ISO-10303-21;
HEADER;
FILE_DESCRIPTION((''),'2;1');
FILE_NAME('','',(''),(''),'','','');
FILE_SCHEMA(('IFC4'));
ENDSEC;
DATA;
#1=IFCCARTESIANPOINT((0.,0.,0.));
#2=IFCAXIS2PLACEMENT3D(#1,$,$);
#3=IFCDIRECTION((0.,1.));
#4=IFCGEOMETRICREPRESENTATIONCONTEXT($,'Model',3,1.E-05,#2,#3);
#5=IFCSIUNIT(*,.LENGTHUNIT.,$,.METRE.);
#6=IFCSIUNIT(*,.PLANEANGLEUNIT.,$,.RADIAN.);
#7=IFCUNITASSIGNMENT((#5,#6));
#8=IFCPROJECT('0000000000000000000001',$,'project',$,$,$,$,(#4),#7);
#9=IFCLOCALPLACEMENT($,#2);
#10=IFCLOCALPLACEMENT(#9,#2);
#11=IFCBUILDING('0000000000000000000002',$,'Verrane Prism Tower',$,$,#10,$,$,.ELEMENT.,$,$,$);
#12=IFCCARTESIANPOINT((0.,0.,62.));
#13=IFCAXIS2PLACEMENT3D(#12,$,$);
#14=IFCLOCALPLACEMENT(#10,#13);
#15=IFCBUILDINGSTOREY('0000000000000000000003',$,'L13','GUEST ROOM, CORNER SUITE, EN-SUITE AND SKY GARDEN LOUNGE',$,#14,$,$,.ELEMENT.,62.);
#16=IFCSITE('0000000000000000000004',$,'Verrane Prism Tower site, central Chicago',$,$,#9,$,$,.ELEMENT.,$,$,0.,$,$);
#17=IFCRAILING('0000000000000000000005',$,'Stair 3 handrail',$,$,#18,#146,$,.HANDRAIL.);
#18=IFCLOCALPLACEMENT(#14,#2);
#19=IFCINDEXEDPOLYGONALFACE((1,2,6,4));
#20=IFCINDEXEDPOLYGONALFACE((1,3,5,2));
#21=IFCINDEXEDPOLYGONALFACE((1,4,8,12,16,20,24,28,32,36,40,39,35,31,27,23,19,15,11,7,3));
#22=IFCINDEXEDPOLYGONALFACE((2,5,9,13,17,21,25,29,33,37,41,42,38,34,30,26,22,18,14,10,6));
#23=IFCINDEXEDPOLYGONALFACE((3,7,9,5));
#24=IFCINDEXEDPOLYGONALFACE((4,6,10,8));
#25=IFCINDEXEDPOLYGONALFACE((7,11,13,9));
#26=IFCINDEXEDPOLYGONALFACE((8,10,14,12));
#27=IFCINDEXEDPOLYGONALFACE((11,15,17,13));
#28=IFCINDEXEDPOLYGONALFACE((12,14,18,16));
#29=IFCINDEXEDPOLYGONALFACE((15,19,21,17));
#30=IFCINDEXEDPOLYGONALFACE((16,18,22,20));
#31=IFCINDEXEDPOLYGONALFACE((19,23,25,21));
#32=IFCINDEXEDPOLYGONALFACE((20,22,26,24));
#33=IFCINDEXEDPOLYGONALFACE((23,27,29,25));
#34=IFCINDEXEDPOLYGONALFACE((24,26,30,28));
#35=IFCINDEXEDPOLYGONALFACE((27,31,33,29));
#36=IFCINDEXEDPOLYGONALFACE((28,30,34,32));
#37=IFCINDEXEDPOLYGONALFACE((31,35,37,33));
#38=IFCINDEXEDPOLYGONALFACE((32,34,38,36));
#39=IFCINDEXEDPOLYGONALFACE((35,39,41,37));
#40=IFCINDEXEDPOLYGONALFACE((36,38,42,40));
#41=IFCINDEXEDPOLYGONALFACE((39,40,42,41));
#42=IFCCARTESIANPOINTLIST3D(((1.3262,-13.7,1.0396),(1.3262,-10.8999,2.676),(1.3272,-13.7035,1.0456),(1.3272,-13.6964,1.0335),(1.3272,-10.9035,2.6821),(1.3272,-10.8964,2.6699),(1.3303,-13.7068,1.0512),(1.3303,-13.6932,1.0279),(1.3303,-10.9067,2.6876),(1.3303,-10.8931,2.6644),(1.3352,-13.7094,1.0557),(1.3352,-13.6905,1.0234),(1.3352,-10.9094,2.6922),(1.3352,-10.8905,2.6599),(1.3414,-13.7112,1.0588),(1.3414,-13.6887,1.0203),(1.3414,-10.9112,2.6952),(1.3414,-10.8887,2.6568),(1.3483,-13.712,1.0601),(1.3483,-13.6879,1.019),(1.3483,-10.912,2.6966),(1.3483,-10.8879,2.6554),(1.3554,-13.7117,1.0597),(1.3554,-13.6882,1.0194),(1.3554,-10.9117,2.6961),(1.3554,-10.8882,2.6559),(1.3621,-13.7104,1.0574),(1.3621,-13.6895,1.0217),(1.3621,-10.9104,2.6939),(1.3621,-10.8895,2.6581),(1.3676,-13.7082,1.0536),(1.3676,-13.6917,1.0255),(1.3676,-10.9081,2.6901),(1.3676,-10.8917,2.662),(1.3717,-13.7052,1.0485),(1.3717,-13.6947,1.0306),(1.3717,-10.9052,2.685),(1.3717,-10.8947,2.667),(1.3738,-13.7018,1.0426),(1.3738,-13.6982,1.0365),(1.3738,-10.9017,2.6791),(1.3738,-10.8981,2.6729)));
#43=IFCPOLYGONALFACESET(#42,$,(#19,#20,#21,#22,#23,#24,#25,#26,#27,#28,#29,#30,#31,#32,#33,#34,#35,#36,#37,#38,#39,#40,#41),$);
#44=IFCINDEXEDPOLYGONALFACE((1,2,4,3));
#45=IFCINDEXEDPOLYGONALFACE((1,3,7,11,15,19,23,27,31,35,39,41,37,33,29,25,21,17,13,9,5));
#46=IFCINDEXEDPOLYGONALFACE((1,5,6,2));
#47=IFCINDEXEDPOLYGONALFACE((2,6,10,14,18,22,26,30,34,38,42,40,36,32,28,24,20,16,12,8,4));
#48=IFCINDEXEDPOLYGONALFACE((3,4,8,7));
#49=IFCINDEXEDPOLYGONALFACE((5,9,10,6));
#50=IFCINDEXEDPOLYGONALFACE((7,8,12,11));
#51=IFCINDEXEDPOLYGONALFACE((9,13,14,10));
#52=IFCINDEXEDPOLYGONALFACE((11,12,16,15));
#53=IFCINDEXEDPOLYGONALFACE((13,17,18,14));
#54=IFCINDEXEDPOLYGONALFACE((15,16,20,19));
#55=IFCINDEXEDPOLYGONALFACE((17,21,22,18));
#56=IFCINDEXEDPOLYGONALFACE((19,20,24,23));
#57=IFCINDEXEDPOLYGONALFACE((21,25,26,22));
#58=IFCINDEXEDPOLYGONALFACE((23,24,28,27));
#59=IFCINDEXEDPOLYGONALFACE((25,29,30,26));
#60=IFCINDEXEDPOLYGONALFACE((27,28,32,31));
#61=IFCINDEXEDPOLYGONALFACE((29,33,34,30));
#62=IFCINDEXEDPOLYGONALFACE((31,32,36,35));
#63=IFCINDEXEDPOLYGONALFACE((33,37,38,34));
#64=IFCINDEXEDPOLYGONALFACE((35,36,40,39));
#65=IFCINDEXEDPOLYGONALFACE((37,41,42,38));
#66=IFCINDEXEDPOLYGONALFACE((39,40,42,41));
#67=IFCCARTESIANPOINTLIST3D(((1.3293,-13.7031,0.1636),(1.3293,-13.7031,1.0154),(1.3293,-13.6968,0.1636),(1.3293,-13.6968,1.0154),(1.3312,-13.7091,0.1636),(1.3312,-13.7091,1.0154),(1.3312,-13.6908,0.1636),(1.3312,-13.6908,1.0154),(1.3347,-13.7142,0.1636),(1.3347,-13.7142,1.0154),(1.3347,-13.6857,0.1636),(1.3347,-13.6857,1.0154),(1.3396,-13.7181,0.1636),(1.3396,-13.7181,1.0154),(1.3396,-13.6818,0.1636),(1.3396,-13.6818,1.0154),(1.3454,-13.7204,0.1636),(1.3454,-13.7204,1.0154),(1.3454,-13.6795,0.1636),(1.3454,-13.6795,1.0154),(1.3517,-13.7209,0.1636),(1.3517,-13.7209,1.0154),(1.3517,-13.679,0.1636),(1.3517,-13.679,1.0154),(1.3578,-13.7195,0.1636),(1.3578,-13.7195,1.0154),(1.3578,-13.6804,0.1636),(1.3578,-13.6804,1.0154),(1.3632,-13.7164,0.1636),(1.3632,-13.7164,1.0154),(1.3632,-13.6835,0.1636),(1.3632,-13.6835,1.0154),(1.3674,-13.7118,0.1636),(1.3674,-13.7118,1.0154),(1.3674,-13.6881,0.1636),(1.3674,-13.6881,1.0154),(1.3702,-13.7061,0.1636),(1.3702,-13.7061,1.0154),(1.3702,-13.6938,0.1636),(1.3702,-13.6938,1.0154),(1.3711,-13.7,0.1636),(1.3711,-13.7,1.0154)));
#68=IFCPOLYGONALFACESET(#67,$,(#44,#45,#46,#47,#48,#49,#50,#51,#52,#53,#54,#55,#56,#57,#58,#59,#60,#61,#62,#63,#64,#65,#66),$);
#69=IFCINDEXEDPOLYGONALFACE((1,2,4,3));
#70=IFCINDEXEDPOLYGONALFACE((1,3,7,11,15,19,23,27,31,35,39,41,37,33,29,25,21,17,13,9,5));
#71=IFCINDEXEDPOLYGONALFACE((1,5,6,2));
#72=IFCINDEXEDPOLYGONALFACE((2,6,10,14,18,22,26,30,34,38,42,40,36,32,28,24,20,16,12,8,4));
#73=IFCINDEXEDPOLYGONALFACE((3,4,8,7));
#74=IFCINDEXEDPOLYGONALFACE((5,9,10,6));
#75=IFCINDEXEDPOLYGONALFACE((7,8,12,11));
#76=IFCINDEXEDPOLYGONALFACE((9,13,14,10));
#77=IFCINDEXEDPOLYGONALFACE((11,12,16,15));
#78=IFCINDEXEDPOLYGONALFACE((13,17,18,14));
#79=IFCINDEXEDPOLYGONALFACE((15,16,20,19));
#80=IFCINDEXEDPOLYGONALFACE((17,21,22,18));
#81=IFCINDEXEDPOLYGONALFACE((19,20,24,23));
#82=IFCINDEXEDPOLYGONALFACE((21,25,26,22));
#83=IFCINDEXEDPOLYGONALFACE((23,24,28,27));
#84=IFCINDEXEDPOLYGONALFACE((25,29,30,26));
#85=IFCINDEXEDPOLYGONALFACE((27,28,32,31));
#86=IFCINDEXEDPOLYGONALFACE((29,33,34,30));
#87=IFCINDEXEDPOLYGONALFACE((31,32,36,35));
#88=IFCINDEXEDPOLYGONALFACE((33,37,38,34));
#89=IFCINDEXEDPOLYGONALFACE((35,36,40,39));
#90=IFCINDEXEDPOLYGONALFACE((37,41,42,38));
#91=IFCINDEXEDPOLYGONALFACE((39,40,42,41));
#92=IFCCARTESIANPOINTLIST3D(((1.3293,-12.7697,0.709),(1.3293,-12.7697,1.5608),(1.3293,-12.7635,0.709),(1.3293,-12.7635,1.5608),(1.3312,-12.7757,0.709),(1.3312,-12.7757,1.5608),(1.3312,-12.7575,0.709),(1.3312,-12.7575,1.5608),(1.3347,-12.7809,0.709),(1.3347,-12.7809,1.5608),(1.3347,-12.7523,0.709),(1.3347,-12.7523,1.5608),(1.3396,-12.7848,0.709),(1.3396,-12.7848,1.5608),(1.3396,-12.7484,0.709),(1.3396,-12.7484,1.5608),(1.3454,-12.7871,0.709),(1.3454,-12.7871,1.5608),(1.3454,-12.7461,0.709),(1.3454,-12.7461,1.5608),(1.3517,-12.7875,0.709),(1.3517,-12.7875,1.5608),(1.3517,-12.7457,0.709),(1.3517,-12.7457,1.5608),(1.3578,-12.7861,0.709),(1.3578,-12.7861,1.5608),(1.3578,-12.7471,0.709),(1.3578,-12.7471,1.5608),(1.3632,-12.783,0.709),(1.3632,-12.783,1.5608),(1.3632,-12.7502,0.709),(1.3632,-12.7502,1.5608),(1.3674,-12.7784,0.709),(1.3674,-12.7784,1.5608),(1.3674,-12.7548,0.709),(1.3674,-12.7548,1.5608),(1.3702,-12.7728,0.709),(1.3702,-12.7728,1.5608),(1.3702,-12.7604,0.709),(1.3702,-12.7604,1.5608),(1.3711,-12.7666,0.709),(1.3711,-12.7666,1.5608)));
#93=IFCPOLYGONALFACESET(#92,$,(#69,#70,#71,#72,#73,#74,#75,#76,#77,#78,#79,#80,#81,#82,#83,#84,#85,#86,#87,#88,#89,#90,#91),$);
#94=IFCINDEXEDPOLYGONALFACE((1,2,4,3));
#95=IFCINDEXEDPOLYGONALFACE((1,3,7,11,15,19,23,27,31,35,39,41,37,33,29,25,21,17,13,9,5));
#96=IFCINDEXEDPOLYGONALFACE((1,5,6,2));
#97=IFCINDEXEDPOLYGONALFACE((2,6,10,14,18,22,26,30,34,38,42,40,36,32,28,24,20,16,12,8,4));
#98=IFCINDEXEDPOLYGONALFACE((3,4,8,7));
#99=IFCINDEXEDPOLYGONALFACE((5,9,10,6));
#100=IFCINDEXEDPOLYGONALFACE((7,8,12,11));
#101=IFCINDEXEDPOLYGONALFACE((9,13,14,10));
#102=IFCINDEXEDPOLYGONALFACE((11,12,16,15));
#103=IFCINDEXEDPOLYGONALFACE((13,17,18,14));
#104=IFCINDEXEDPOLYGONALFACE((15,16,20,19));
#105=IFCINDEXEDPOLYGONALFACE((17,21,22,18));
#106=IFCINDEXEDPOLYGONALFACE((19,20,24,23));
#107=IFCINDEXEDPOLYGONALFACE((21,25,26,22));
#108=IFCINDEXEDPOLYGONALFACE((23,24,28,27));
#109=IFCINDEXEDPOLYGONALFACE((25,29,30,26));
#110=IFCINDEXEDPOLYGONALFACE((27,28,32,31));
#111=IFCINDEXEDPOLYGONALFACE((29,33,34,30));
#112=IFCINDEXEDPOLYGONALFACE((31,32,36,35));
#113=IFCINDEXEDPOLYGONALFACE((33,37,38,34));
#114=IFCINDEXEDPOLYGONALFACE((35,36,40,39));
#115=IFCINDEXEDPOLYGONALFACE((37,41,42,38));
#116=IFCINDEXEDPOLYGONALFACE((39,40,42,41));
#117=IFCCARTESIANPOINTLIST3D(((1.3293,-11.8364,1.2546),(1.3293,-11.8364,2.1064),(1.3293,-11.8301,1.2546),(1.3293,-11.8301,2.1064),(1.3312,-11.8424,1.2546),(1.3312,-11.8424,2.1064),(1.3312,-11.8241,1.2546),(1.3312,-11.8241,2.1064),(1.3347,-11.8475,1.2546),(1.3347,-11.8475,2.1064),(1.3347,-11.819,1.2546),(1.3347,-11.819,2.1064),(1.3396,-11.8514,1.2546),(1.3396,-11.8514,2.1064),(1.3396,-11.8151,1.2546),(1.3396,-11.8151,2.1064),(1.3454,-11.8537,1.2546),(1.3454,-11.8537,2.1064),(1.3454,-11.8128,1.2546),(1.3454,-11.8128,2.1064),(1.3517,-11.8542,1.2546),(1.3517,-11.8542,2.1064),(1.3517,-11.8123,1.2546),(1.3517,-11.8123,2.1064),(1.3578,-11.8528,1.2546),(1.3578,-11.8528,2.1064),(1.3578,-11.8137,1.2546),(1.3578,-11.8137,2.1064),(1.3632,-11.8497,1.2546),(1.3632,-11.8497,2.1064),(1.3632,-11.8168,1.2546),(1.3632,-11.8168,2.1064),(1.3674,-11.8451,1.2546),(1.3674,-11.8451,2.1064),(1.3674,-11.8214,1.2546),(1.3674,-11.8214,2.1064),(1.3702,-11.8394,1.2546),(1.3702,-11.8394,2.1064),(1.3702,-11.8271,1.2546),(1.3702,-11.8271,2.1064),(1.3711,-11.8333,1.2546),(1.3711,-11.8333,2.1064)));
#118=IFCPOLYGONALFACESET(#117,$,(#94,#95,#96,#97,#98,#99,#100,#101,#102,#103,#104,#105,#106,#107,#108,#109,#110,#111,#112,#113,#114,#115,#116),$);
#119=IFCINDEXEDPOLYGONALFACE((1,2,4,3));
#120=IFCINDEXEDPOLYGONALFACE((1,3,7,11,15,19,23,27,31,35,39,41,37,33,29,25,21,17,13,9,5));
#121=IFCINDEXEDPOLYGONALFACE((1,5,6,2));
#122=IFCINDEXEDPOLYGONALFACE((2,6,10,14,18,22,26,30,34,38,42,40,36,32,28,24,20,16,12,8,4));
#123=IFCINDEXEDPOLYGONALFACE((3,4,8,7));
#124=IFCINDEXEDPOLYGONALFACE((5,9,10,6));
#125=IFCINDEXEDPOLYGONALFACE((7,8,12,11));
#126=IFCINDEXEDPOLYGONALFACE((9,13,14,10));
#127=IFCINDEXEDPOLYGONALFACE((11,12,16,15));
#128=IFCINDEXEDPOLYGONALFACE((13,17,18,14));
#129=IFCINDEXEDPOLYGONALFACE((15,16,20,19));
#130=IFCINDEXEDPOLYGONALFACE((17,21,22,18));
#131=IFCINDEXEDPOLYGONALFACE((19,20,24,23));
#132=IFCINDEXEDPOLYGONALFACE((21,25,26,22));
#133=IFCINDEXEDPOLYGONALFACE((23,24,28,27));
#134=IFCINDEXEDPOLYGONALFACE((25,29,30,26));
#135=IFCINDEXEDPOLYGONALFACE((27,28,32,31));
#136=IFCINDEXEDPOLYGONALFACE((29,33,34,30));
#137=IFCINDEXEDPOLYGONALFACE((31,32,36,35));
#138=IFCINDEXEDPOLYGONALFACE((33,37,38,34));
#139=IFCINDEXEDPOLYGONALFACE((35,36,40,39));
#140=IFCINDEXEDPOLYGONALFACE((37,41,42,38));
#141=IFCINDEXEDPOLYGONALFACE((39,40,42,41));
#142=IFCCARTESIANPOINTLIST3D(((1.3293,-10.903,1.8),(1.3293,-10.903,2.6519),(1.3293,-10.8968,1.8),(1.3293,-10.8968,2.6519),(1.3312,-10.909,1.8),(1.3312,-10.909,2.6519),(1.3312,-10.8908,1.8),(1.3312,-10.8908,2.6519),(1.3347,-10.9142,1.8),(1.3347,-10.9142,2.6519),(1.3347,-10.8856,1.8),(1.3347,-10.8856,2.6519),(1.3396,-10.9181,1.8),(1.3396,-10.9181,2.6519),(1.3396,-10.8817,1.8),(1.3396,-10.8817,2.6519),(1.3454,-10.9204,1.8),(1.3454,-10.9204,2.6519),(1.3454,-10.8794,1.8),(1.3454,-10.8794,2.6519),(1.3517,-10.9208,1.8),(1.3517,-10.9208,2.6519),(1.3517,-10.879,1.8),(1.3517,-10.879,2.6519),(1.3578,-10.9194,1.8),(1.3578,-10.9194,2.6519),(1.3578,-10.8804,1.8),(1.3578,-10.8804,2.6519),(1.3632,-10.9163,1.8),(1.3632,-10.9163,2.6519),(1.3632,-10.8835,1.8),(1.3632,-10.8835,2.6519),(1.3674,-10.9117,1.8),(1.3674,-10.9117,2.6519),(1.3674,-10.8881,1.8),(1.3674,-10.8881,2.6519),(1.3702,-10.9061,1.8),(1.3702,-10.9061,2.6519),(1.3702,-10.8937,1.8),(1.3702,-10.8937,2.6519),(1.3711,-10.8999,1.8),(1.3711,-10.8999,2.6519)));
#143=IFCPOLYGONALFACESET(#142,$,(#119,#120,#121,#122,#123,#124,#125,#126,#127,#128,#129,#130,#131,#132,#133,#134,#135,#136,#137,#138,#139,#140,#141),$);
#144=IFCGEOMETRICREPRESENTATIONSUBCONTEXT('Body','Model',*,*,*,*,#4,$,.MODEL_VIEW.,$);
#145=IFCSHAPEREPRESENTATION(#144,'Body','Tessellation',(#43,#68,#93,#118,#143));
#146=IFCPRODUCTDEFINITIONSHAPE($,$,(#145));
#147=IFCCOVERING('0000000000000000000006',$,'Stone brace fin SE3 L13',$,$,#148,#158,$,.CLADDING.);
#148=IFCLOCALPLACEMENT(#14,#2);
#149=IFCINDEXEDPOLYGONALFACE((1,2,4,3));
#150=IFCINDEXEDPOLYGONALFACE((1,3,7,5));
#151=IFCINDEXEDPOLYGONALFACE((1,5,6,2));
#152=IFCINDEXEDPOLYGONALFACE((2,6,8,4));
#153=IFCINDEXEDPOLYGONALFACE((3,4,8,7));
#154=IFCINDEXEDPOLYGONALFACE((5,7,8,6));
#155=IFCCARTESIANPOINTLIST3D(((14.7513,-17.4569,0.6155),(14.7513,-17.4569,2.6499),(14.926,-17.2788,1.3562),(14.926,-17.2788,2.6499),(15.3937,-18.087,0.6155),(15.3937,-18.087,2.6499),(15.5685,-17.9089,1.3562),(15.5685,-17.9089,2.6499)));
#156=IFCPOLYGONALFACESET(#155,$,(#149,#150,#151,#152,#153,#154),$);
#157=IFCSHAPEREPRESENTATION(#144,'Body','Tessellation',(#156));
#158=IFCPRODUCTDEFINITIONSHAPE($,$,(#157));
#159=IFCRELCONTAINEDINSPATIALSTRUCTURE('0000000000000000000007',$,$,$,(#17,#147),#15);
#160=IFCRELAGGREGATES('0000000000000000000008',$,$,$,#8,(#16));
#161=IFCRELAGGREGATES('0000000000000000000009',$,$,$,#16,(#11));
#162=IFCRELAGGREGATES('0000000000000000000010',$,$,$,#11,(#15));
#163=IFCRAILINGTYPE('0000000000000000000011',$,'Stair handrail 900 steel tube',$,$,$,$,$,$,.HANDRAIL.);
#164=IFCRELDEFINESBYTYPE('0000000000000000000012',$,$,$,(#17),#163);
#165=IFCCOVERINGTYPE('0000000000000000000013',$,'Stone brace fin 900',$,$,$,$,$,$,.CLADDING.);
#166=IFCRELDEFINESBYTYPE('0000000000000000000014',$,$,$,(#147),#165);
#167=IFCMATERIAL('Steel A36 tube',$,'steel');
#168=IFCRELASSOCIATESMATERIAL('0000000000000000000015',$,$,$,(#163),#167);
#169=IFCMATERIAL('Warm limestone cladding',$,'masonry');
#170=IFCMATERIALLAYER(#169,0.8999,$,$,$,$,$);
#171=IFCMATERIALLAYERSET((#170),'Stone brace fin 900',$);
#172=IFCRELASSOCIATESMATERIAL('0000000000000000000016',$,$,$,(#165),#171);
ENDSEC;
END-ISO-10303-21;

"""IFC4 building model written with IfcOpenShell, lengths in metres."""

from ifc_helpers import new_model, si_unit, direction, frame, origin, origin_2d, place, context, subcontext, project, spatial, polyline, circle, outline, extrude, material, layer, layer_set, type_object, element, save


model = new_model("IFC4")

# Units and contexts
model_context = context("Model", 3, precision=1e-05, world=origin(), true_north=direction((0.0, 1.0)))
body_context = subcontext(model_context, "Body", "Model", "MODEL_VIEW")
ifc_project = project(units=[si_unit("LENGTHUNIT", "METRE"), si_unit("PLANEANGLEUNIT", "RADIAN")], contexts=[model_context])

# Site, building, storey
site_placement = place(None, origin())
site = spatial("IfcSite", under=ifc_project, at=site_placement, Name="Verrane Prism Tower site, central Chicago", CompositionType="ELEMENT", RefElevation=0.0)
building_placement = place(site_placement, origin())
building = spatial("IfcBuilding", under=site, at=building_placement, Name="Verrane Prism Tower", CompositionType="ELEMENT")
storey_placement = place(building_placement, frame((0.0, 0.0, 62.0)))
storey = spatial("IfcBuildingStorey", under=building, at=storey_placement, Name="L13", Description="GUEST ROOM, CORNER SUITE, EN-SUITE AND SKY GARDEN LOUNGE", CompositionType="ELEMENT", Elevation=62.0)

# Railing
ifc_material_1 = material(Name="Steel A36 tube", Category="steel")
railing_type_1 = type_object("IfcRailingType", Name="Stair handrail 900 steel tube", PredefinedType="HANDRAIL", material=ifc_material_1)
railing_1_placement = place(storey_placement, frame((1.3501, -13.7, 0.1636)))
element("IfcRailing", 1, at=railing_1_placement, inside=storey, type_object=railing_type_1, Name="Stair 3 handrail", PredefinedType="HANDRAIL", context=body_context, shape_type="SweptSolid", body=[
    extrude(circle(Radius=0.0239, at=origin_2d()), frame((0.0, 0.0, 0.876), z_axis=(0.0, 0.863361, 0.504587), x_axis=(-1.0, 0.0, 0.0)), (0.0, 0.0, 1.0), 3.2432),
    extrude(circle(Radius=0.021, at=origin_2d()), origin(), (0.0, 0.0, 1.0), 0.8518),
    extrude(circle(Radius=0.021, at=origin_2d()), frame((0.0, 0.9333, 0.5454)), (0.0, 0.0, 1.0), 0.8518),
    extrude(circle(Radius=0.021, at=origin_2d()), frame((0.0, 1.8667, 1.0911)), (0.0, 0.0, 1.0), 0.8518),
    extrude(circle(Radius=0.021, at=origin_2d()), frame((0.0, 2.8, 1.6365)), (0.0, 0.0, 1.0), 0.8518),
])

# Covering
ifc_material_2 = material(Name="Warm limestone cladding", Category="masonry")
ifc_layer_1 = layer(ifc_material_2, 0.8999)
ifc_layer_set_1 = layer_set([ifc_layer_1], Name="Stone brace fin 900")
covering_type = type_object("IfcCoveringType", Name="Stone brace fin 900", PredefinedType="CLADDING", material=ifc_layer_set_1)
covering_placement = place(storey_placement, frame((15.0725, -17.772, 0.6155), z_axis=(0.0, 0.0, 1.0), x_axis=(0.700228, 0.713919, 0.0)))
element("IfcCovering", 2, at=covering_placement, inside=storey, type_object=covering_type, Name="Stone brace fin SE3 L13", PredefinedType="CLADDING", context=body_context, shape_type="SweptSolid", body=[
    extrude(outline(polyline([(0.2495, 2.0344), (0.0, 2.0344), (0.0, 0.0), (0.2495, 0.7407), (0.2495, 2.0344)])), frame((0.0, 0.45, 0.0), z_axis=(0.0, -1.0, 0.0), x_axis=(1.0, 0.0, 0.0)), (0.0, 0.0, 1.0), 0.8999),
])

save(model, "model.ifc")
